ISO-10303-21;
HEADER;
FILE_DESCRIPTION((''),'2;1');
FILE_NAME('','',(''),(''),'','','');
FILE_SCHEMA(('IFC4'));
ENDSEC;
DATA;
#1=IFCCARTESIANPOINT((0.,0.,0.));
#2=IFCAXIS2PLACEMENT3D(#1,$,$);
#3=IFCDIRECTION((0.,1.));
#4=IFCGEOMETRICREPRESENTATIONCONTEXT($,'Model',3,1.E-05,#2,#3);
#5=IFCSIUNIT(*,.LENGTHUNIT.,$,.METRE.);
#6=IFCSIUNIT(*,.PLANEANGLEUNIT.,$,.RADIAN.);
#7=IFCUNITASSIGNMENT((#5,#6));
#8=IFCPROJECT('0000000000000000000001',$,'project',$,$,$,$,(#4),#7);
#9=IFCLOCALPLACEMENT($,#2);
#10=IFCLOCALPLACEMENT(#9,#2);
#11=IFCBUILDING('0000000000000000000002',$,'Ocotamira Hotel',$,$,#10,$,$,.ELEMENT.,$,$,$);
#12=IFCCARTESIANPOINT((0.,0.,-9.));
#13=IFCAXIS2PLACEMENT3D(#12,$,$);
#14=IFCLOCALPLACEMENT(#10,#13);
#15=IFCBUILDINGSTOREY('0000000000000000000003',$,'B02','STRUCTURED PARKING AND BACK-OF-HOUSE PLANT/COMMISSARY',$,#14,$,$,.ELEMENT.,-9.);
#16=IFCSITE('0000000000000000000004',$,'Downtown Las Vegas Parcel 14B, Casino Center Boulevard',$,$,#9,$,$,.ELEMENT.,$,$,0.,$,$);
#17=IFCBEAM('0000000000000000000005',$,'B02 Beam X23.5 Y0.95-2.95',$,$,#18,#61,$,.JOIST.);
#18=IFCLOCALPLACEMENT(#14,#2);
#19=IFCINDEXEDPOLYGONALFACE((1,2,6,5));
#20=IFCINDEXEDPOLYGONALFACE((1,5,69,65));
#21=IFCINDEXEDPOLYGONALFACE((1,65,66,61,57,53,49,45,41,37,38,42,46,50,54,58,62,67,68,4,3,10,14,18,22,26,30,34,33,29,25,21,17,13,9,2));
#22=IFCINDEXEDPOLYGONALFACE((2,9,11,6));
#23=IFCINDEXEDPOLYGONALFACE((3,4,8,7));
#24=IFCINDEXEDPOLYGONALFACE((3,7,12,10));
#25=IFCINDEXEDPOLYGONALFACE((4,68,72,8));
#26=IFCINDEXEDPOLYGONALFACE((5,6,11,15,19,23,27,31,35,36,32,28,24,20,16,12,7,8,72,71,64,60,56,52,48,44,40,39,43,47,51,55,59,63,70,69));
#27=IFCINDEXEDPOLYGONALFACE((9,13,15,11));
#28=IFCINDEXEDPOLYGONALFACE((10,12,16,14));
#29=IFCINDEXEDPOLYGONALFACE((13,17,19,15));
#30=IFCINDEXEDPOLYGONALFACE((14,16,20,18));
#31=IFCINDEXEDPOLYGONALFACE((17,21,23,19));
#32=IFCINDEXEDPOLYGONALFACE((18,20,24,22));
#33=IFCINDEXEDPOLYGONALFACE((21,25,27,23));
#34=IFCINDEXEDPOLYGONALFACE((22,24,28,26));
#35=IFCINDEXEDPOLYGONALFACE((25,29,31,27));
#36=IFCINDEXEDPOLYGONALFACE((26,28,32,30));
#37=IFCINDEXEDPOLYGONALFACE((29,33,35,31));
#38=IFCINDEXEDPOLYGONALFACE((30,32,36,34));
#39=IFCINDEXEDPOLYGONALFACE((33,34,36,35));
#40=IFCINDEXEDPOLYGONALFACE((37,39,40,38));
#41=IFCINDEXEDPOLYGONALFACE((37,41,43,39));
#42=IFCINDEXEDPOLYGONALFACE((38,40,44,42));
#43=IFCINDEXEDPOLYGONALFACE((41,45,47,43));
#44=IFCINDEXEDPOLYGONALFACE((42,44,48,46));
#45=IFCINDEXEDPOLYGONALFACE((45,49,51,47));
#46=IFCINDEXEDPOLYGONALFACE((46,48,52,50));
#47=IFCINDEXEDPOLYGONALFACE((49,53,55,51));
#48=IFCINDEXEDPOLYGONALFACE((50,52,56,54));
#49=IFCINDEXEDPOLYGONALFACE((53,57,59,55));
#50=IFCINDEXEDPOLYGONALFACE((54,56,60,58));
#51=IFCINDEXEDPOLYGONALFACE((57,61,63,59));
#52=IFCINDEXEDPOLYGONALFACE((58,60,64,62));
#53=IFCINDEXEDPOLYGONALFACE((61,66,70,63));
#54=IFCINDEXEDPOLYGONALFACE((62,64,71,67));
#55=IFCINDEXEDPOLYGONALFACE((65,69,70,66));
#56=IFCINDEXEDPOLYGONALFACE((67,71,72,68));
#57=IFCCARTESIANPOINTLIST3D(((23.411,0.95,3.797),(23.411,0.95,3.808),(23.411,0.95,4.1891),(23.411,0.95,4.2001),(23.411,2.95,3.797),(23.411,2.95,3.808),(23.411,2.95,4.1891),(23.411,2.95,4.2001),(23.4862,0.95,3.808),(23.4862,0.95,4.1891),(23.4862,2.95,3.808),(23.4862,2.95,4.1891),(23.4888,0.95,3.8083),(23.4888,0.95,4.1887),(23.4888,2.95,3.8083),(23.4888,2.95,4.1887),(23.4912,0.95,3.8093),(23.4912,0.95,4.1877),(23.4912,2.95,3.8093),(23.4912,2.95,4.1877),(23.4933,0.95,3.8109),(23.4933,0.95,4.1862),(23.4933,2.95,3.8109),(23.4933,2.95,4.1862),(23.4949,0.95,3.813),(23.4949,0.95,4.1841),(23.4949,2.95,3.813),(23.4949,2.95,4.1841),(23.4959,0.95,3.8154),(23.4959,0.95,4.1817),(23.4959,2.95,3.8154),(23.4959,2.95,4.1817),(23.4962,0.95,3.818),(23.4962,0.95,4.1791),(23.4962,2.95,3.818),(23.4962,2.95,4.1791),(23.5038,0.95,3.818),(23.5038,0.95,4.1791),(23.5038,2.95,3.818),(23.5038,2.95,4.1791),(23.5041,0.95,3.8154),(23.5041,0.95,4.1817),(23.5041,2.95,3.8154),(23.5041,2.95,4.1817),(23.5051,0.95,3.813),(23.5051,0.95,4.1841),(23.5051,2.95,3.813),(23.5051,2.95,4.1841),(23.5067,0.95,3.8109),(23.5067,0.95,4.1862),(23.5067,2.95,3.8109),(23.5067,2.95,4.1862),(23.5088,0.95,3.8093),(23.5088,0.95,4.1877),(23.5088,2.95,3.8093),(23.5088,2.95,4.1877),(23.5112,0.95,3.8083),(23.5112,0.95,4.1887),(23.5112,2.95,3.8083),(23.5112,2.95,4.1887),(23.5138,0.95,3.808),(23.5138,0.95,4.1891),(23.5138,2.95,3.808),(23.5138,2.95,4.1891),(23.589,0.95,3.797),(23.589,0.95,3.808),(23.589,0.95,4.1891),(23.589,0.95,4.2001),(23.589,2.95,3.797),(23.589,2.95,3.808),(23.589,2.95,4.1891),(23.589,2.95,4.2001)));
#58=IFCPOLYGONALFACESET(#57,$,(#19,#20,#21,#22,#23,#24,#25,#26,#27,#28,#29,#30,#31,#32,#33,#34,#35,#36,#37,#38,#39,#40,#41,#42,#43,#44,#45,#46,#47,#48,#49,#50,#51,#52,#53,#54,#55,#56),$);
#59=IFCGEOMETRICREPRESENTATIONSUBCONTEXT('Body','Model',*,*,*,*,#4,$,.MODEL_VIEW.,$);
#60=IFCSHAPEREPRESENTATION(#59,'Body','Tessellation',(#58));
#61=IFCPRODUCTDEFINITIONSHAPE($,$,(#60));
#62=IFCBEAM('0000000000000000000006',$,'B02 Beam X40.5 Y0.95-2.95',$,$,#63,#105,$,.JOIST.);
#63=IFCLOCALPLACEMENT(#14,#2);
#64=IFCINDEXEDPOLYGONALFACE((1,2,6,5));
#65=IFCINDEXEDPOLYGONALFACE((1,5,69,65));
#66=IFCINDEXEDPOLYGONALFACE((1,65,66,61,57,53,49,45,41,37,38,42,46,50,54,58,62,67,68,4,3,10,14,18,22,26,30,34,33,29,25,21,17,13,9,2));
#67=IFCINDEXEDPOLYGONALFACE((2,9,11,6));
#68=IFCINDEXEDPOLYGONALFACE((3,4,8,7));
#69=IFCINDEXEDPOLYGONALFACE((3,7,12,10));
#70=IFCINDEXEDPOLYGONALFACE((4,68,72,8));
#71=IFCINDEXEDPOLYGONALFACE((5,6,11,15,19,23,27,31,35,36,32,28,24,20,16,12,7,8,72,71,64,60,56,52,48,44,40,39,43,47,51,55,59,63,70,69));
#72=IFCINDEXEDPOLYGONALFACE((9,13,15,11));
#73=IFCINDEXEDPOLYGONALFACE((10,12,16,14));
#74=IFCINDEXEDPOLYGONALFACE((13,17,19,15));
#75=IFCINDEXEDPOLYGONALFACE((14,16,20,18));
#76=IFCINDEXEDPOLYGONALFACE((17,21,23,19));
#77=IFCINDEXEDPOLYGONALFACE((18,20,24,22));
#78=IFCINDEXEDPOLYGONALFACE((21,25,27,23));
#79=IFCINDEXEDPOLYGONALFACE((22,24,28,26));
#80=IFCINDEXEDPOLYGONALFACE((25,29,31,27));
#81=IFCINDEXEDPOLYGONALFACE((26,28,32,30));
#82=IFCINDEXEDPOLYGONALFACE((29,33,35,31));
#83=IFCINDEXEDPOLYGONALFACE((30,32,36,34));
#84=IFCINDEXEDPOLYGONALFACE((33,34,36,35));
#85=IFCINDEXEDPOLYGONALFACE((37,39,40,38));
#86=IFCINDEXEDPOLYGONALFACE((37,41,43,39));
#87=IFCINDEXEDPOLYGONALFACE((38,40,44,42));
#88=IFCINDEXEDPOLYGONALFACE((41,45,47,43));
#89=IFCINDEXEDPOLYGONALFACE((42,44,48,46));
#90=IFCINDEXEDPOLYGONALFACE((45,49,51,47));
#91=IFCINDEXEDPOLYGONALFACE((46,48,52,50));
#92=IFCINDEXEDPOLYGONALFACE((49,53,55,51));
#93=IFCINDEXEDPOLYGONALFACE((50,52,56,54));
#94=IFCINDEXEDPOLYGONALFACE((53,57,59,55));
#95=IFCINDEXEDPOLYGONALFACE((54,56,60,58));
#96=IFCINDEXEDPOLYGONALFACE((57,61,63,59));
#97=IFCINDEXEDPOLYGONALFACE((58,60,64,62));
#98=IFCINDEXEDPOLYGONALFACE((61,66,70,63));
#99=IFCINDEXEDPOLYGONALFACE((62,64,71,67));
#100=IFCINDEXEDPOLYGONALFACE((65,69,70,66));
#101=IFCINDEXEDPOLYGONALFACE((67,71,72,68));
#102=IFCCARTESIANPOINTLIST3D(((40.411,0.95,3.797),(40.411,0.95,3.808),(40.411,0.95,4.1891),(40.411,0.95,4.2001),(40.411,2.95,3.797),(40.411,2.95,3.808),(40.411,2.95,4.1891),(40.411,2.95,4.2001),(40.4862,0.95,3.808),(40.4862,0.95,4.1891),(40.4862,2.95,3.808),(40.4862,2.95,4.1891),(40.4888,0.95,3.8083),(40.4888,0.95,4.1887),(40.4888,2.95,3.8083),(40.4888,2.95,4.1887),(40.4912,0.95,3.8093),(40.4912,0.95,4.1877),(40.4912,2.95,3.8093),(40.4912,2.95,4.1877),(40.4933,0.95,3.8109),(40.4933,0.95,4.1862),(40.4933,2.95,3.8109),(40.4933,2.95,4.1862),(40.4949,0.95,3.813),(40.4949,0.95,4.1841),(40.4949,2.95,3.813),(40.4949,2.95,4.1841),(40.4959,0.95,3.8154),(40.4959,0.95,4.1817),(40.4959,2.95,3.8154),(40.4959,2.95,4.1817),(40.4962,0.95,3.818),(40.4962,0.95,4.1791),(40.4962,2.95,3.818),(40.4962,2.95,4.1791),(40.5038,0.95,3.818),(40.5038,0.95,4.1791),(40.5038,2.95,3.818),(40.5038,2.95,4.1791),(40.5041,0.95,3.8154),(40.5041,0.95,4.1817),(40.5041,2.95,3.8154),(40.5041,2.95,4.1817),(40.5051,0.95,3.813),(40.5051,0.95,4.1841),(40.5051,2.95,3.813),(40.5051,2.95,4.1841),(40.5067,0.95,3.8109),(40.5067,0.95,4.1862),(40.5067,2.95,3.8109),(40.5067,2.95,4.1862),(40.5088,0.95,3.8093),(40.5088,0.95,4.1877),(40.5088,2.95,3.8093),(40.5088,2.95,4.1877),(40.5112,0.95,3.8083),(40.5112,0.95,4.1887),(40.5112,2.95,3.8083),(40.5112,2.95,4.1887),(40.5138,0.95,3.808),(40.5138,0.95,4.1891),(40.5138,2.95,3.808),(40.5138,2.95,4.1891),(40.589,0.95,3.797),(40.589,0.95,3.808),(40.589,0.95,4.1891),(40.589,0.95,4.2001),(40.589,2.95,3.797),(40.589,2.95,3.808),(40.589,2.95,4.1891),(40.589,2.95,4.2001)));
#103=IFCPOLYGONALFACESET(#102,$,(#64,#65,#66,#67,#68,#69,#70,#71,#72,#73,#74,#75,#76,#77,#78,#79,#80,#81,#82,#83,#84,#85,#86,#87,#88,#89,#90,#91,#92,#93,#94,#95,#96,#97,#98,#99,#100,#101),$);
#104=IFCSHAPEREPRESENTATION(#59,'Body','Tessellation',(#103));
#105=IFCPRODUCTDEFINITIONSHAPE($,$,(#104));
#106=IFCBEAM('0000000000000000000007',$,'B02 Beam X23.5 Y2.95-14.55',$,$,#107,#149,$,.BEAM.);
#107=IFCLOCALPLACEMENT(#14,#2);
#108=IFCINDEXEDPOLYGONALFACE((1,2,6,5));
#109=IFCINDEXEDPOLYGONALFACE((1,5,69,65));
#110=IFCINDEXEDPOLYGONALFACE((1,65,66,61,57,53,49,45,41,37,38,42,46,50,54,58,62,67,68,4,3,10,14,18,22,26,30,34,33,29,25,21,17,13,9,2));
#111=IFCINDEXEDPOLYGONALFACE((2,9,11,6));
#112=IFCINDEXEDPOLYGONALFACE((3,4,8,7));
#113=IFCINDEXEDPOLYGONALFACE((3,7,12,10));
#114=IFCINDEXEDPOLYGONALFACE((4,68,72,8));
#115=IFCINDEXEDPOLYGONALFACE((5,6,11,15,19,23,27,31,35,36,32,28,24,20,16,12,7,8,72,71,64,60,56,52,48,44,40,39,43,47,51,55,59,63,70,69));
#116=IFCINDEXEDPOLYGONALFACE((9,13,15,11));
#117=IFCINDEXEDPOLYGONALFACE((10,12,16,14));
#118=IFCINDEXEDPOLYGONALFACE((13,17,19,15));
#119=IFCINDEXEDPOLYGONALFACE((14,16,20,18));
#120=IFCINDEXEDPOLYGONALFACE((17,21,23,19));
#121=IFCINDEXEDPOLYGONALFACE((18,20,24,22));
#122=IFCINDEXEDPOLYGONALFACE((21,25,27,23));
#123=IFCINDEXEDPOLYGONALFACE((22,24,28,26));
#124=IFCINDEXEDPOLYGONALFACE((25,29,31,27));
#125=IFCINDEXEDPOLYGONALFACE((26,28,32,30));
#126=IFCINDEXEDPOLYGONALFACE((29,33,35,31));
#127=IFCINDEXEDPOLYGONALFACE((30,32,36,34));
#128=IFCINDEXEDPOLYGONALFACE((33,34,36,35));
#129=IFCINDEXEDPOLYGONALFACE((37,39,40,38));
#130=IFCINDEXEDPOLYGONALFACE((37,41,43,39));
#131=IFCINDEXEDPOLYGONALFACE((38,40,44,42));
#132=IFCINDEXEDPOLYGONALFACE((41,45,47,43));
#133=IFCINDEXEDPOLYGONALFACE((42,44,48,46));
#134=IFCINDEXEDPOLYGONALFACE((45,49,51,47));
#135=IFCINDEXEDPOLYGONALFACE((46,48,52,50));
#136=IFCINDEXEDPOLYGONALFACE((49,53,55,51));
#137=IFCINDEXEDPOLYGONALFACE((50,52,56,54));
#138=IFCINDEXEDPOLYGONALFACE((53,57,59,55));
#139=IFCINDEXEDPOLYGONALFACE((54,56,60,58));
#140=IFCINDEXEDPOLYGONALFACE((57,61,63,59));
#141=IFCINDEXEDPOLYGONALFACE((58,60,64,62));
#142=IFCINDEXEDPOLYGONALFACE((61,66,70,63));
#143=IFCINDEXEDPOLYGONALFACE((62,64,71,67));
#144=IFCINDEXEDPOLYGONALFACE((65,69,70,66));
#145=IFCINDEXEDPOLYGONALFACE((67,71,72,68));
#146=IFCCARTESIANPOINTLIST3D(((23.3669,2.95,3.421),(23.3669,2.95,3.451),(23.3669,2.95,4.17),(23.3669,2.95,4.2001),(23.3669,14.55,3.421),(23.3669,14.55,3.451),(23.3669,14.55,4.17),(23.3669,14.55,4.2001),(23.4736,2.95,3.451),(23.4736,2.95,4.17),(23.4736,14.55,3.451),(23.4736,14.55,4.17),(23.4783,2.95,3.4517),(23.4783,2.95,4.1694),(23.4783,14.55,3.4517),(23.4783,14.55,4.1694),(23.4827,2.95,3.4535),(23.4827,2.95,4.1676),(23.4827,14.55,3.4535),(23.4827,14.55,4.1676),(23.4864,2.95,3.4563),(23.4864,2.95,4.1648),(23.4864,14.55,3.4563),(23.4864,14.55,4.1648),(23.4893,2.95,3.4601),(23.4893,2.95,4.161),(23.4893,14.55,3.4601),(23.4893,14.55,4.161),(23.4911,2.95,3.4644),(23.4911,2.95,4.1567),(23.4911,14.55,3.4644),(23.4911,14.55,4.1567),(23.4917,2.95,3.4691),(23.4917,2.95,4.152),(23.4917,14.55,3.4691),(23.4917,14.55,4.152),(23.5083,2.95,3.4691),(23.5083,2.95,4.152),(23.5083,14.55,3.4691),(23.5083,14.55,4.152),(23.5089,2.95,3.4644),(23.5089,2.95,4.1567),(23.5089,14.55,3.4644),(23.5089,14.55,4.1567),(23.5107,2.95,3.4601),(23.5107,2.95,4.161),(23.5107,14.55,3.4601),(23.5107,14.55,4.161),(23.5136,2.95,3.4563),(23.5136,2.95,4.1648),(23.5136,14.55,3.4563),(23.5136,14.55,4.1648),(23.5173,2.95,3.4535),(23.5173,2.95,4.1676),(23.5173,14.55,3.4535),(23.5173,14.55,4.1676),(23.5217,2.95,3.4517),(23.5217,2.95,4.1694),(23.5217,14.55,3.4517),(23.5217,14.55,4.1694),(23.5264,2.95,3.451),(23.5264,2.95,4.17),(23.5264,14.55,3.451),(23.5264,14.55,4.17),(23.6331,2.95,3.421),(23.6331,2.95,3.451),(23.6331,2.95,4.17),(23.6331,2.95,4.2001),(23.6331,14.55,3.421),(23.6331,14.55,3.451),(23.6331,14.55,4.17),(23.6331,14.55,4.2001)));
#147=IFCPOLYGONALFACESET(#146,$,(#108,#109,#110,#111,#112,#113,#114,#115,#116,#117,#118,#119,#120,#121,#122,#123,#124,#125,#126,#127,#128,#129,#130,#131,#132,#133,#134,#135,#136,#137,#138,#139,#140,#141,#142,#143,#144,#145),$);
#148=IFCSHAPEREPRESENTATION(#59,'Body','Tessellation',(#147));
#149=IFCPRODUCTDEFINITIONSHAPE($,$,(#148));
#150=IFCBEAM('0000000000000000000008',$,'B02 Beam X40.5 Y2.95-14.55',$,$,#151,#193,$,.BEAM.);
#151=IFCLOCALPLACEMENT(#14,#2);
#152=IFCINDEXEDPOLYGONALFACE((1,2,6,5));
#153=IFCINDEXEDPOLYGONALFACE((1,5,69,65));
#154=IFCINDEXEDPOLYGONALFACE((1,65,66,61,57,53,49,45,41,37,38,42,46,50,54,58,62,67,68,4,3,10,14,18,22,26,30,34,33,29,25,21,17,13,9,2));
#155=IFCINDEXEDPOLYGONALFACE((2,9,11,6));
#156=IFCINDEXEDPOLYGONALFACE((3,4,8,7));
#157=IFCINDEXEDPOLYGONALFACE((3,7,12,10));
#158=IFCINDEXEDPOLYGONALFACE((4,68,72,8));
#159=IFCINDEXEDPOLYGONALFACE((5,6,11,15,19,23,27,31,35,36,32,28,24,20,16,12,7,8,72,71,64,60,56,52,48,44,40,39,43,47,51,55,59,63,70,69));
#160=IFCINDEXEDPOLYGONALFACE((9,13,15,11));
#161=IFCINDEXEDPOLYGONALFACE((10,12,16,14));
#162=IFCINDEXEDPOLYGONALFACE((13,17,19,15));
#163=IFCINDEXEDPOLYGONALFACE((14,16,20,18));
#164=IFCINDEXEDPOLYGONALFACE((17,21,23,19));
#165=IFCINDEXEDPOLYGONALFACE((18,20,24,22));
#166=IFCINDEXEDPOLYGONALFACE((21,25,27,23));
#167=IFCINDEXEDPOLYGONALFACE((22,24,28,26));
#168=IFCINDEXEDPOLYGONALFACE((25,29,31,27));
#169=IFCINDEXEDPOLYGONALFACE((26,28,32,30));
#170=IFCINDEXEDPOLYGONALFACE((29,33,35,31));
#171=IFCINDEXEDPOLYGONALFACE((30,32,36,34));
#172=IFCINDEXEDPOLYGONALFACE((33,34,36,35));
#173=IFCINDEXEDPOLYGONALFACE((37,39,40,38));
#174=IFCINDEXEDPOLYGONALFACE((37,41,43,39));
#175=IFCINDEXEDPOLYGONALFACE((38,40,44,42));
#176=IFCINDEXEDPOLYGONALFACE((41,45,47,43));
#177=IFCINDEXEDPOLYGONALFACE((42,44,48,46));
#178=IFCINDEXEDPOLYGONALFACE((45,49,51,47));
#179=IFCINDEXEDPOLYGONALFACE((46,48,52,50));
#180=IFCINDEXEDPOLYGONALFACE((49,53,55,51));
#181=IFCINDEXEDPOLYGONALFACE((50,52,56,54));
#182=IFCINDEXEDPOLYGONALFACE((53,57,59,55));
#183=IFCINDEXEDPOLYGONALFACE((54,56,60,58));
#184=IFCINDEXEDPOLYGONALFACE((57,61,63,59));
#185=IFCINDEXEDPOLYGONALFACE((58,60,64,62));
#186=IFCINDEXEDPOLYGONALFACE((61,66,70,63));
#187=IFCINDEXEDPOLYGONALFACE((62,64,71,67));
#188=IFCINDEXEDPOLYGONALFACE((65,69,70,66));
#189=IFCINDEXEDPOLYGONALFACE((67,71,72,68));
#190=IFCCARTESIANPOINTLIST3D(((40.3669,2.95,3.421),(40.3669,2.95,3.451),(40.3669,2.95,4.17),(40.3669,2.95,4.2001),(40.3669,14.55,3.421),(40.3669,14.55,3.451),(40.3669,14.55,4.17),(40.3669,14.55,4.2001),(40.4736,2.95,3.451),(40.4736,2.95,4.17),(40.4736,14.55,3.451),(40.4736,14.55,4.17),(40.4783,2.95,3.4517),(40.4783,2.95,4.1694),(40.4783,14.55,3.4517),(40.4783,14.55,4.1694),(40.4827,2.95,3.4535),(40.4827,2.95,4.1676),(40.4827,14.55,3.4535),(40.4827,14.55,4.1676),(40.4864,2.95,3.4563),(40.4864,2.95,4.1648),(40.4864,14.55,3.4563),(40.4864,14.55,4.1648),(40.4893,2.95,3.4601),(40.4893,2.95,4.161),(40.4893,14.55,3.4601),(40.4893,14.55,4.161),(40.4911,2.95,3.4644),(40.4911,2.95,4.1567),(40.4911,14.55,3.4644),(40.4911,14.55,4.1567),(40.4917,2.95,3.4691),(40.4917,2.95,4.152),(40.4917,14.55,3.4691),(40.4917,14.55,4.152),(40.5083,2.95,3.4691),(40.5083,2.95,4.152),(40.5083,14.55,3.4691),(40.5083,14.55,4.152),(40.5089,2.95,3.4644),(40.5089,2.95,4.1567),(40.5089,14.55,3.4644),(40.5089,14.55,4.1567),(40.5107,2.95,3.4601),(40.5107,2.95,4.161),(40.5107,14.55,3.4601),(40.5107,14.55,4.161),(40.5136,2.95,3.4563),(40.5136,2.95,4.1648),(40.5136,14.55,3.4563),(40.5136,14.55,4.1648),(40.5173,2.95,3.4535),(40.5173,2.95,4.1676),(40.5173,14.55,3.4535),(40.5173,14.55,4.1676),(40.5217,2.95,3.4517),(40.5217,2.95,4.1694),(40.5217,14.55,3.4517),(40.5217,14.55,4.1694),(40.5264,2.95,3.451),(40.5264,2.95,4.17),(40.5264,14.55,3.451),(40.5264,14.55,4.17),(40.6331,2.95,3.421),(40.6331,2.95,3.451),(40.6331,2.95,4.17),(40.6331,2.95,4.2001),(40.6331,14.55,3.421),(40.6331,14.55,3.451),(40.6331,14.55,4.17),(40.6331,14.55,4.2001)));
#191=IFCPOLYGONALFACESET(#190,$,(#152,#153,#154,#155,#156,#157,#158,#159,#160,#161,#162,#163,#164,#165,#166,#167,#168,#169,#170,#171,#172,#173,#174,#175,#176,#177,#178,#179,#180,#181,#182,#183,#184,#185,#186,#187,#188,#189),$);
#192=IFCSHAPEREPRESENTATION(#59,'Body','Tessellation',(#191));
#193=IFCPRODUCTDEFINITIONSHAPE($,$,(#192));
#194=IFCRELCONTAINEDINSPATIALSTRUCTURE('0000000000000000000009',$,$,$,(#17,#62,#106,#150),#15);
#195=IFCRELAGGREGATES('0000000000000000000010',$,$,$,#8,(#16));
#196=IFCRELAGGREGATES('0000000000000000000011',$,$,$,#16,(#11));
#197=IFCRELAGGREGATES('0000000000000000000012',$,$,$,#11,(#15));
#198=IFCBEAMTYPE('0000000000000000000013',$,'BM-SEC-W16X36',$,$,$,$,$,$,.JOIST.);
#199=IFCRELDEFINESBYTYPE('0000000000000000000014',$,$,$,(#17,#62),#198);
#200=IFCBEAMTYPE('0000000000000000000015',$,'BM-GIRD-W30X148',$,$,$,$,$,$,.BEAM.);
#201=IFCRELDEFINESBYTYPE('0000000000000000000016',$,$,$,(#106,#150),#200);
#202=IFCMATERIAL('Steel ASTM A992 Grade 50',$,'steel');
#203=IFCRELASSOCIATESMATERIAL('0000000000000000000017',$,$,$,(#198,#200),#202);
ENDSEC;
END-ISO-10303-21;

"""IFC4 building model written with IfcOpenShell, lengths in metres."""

from ifc_helpers import new_model, si_unit, direction, frame, origin, origin_2d, place, context, subcontext, project, spatial, i_section, extrude, source, transform, mapped, material, material_profile, profile_set, type_object, element, save


model = new_model("IFC4")

# Units and contexts
model_context = context("Model", 3, precision=1e-05, world=origin(), true_north=direction((0.0, 1.0)))
body_context = subcontext(model_context, "Body", "Model", "MODEL_VIEW")
ifc_project = project(units=[si_unit("LENGTHUNIT", "METRE"), si_unit("PLANEANGLEUNIT", "RADIAN")], contexts=[model_context])

# Site, building, storey
site_placement = place(None, origin())
site = spatial("IfcSite", under=ifc_project, at=site_placement, Name="Downtown Las Vegas Parcel 14B, Casino Center Boulevard", CompositionType="ELEMENT", RefElevation=0.0)
building_placement = place(site_placement, origin())
building = spatial("IfcBuilding", under=site, at=building_placement, Name="Ocotamira Hotel", CompositionType="ELEMENT")
storey_placement = place(building_placement, frame((0.0, 0.0, -9.0)))
storey = spatial("IfcBuildingStorey", under=building, at=storey_placement, Name="B02", Description="STRUCTURED PARKING AND BACK-OF-HOUSE PLANT/COMMISSARY", CompositionType="ELEMENT", Elevation=-9.0)

# Beams
ifc_material_1 = material(Name="Steel ASTM A992 Grade 50", Category="steel")
ifc_material_profile_1 = material_profile(ifc_material_1, i_section(OverallWidth=0.178, OverallDepth=0.4031, WebThickness=0.0076, FlangeThickness=0.011, FilletRadius=0.01, at=origin_2d()), Name="W16X36")
ifc_profile_set_1 = profile_set([ifc_material_profile_1], Name="Steel ASTM A992 Grade 50")
beam_type_1 = type_object("IfcBeamType", Name="BM-SEC-W16X36", PredefinedType="JOIST", material=ifc_profile_set_1)
shared_shape_1 = source(origin(), body_context, "Body", "SweptSolid", [
    extrude(i_section(OverallWidth=0.178, OverallDepth=0.4031, WebThickness=0.0076, FlangeThickness=0.011, FilletRadius=0.01, at=origin_2d()), origin(), (0.0, 0.0, 1.0), 2.0),
])
for number, where, z_axis, x_axis, name in (
    (1, (23.5, 0.95, 3.9985), (0.0, 1.0, 0.0), (-1.0, 0.0, 0.0), "B02 Beam X23.5 Y0.95-2.95"),
    (2, (40.5, 0.95, 3.9985), (0.0, 1.0, 0.0), (-1.0, 0.0, 0.0), "B02 Beam X40.5 Y0.95-2.95"),
):
    element("IfcBeam", number, at=place(storey_placement, frame(where, z_axis=z_axis, x_axis=x_axis)), inside=storey, type_object=beam_type_1, Name=name, PredefinedType="JOIST", context=body_context, shape_type="MappedRepresentation", body=[
        mapped(shared_shape_1, transform((0.0, 0.0, 0.0), scale=1.0)),
    ])
ifc_material_profile_2 = material_profile(ifc_material_1, i_section(OverallWidth=0.2661, OverallDepth=0.7791, WebThickness=0.0166, FlangeThickness=0.03, FilletRadius=0.0181, at=origin_2d()), Name="W30X148")
ifc_profile_set_2 = profile_set([ifc_material_profile_2], Name="Steel ASTM A992 Grade 50")
beam_type_2 = type_object("IfcBeamType", Name="BM-GIRD-W30X148", PredefinedType="BEAM", material=ifc_profile_set_2)
shared_shape_2 = source(origin(), body_context, "Body", "SweptSolid", [
    extrude(i_section(OverallWidth=0.2661, OverallDepth=0.7791, WebThickness=0.0166, FlangeThickness=0.03, FilletRadius=0.0181, at=origin_2d()), origin(), (0.0, 0.0, 1.0), 11.6001),
])
for number, where, z_axis, x_axis, name in (
    (3, (23.5, 2.95, 3.8105), (0.0, 1.0, 0.0), (-1.0, 0.0, 0.0), "B02 Beam X23.5 Y2.95-14.55"),
    (4, (40.5, 2.95, 3.8105), (0.0, 1.0, 0.0), (-1.0, 0.0, 0.0), "B02 Beam X40.5 Y2.95-14.55"),
):
    element("IfcBeam", number, at=place(storey_placement, frame(where, z_axis=z_axis, x_axis=x_axis)), inside=storey, type_object=beam_type_2, Name=name, PredefinedType="BEAM", context=body_context, shape_type="MappedRepresentation", body=[
        mapped(shared_shape_2, transform((0.0, 0.0, 0.0), scale=1.0)),
    ])

save(model, "model.ifc")
